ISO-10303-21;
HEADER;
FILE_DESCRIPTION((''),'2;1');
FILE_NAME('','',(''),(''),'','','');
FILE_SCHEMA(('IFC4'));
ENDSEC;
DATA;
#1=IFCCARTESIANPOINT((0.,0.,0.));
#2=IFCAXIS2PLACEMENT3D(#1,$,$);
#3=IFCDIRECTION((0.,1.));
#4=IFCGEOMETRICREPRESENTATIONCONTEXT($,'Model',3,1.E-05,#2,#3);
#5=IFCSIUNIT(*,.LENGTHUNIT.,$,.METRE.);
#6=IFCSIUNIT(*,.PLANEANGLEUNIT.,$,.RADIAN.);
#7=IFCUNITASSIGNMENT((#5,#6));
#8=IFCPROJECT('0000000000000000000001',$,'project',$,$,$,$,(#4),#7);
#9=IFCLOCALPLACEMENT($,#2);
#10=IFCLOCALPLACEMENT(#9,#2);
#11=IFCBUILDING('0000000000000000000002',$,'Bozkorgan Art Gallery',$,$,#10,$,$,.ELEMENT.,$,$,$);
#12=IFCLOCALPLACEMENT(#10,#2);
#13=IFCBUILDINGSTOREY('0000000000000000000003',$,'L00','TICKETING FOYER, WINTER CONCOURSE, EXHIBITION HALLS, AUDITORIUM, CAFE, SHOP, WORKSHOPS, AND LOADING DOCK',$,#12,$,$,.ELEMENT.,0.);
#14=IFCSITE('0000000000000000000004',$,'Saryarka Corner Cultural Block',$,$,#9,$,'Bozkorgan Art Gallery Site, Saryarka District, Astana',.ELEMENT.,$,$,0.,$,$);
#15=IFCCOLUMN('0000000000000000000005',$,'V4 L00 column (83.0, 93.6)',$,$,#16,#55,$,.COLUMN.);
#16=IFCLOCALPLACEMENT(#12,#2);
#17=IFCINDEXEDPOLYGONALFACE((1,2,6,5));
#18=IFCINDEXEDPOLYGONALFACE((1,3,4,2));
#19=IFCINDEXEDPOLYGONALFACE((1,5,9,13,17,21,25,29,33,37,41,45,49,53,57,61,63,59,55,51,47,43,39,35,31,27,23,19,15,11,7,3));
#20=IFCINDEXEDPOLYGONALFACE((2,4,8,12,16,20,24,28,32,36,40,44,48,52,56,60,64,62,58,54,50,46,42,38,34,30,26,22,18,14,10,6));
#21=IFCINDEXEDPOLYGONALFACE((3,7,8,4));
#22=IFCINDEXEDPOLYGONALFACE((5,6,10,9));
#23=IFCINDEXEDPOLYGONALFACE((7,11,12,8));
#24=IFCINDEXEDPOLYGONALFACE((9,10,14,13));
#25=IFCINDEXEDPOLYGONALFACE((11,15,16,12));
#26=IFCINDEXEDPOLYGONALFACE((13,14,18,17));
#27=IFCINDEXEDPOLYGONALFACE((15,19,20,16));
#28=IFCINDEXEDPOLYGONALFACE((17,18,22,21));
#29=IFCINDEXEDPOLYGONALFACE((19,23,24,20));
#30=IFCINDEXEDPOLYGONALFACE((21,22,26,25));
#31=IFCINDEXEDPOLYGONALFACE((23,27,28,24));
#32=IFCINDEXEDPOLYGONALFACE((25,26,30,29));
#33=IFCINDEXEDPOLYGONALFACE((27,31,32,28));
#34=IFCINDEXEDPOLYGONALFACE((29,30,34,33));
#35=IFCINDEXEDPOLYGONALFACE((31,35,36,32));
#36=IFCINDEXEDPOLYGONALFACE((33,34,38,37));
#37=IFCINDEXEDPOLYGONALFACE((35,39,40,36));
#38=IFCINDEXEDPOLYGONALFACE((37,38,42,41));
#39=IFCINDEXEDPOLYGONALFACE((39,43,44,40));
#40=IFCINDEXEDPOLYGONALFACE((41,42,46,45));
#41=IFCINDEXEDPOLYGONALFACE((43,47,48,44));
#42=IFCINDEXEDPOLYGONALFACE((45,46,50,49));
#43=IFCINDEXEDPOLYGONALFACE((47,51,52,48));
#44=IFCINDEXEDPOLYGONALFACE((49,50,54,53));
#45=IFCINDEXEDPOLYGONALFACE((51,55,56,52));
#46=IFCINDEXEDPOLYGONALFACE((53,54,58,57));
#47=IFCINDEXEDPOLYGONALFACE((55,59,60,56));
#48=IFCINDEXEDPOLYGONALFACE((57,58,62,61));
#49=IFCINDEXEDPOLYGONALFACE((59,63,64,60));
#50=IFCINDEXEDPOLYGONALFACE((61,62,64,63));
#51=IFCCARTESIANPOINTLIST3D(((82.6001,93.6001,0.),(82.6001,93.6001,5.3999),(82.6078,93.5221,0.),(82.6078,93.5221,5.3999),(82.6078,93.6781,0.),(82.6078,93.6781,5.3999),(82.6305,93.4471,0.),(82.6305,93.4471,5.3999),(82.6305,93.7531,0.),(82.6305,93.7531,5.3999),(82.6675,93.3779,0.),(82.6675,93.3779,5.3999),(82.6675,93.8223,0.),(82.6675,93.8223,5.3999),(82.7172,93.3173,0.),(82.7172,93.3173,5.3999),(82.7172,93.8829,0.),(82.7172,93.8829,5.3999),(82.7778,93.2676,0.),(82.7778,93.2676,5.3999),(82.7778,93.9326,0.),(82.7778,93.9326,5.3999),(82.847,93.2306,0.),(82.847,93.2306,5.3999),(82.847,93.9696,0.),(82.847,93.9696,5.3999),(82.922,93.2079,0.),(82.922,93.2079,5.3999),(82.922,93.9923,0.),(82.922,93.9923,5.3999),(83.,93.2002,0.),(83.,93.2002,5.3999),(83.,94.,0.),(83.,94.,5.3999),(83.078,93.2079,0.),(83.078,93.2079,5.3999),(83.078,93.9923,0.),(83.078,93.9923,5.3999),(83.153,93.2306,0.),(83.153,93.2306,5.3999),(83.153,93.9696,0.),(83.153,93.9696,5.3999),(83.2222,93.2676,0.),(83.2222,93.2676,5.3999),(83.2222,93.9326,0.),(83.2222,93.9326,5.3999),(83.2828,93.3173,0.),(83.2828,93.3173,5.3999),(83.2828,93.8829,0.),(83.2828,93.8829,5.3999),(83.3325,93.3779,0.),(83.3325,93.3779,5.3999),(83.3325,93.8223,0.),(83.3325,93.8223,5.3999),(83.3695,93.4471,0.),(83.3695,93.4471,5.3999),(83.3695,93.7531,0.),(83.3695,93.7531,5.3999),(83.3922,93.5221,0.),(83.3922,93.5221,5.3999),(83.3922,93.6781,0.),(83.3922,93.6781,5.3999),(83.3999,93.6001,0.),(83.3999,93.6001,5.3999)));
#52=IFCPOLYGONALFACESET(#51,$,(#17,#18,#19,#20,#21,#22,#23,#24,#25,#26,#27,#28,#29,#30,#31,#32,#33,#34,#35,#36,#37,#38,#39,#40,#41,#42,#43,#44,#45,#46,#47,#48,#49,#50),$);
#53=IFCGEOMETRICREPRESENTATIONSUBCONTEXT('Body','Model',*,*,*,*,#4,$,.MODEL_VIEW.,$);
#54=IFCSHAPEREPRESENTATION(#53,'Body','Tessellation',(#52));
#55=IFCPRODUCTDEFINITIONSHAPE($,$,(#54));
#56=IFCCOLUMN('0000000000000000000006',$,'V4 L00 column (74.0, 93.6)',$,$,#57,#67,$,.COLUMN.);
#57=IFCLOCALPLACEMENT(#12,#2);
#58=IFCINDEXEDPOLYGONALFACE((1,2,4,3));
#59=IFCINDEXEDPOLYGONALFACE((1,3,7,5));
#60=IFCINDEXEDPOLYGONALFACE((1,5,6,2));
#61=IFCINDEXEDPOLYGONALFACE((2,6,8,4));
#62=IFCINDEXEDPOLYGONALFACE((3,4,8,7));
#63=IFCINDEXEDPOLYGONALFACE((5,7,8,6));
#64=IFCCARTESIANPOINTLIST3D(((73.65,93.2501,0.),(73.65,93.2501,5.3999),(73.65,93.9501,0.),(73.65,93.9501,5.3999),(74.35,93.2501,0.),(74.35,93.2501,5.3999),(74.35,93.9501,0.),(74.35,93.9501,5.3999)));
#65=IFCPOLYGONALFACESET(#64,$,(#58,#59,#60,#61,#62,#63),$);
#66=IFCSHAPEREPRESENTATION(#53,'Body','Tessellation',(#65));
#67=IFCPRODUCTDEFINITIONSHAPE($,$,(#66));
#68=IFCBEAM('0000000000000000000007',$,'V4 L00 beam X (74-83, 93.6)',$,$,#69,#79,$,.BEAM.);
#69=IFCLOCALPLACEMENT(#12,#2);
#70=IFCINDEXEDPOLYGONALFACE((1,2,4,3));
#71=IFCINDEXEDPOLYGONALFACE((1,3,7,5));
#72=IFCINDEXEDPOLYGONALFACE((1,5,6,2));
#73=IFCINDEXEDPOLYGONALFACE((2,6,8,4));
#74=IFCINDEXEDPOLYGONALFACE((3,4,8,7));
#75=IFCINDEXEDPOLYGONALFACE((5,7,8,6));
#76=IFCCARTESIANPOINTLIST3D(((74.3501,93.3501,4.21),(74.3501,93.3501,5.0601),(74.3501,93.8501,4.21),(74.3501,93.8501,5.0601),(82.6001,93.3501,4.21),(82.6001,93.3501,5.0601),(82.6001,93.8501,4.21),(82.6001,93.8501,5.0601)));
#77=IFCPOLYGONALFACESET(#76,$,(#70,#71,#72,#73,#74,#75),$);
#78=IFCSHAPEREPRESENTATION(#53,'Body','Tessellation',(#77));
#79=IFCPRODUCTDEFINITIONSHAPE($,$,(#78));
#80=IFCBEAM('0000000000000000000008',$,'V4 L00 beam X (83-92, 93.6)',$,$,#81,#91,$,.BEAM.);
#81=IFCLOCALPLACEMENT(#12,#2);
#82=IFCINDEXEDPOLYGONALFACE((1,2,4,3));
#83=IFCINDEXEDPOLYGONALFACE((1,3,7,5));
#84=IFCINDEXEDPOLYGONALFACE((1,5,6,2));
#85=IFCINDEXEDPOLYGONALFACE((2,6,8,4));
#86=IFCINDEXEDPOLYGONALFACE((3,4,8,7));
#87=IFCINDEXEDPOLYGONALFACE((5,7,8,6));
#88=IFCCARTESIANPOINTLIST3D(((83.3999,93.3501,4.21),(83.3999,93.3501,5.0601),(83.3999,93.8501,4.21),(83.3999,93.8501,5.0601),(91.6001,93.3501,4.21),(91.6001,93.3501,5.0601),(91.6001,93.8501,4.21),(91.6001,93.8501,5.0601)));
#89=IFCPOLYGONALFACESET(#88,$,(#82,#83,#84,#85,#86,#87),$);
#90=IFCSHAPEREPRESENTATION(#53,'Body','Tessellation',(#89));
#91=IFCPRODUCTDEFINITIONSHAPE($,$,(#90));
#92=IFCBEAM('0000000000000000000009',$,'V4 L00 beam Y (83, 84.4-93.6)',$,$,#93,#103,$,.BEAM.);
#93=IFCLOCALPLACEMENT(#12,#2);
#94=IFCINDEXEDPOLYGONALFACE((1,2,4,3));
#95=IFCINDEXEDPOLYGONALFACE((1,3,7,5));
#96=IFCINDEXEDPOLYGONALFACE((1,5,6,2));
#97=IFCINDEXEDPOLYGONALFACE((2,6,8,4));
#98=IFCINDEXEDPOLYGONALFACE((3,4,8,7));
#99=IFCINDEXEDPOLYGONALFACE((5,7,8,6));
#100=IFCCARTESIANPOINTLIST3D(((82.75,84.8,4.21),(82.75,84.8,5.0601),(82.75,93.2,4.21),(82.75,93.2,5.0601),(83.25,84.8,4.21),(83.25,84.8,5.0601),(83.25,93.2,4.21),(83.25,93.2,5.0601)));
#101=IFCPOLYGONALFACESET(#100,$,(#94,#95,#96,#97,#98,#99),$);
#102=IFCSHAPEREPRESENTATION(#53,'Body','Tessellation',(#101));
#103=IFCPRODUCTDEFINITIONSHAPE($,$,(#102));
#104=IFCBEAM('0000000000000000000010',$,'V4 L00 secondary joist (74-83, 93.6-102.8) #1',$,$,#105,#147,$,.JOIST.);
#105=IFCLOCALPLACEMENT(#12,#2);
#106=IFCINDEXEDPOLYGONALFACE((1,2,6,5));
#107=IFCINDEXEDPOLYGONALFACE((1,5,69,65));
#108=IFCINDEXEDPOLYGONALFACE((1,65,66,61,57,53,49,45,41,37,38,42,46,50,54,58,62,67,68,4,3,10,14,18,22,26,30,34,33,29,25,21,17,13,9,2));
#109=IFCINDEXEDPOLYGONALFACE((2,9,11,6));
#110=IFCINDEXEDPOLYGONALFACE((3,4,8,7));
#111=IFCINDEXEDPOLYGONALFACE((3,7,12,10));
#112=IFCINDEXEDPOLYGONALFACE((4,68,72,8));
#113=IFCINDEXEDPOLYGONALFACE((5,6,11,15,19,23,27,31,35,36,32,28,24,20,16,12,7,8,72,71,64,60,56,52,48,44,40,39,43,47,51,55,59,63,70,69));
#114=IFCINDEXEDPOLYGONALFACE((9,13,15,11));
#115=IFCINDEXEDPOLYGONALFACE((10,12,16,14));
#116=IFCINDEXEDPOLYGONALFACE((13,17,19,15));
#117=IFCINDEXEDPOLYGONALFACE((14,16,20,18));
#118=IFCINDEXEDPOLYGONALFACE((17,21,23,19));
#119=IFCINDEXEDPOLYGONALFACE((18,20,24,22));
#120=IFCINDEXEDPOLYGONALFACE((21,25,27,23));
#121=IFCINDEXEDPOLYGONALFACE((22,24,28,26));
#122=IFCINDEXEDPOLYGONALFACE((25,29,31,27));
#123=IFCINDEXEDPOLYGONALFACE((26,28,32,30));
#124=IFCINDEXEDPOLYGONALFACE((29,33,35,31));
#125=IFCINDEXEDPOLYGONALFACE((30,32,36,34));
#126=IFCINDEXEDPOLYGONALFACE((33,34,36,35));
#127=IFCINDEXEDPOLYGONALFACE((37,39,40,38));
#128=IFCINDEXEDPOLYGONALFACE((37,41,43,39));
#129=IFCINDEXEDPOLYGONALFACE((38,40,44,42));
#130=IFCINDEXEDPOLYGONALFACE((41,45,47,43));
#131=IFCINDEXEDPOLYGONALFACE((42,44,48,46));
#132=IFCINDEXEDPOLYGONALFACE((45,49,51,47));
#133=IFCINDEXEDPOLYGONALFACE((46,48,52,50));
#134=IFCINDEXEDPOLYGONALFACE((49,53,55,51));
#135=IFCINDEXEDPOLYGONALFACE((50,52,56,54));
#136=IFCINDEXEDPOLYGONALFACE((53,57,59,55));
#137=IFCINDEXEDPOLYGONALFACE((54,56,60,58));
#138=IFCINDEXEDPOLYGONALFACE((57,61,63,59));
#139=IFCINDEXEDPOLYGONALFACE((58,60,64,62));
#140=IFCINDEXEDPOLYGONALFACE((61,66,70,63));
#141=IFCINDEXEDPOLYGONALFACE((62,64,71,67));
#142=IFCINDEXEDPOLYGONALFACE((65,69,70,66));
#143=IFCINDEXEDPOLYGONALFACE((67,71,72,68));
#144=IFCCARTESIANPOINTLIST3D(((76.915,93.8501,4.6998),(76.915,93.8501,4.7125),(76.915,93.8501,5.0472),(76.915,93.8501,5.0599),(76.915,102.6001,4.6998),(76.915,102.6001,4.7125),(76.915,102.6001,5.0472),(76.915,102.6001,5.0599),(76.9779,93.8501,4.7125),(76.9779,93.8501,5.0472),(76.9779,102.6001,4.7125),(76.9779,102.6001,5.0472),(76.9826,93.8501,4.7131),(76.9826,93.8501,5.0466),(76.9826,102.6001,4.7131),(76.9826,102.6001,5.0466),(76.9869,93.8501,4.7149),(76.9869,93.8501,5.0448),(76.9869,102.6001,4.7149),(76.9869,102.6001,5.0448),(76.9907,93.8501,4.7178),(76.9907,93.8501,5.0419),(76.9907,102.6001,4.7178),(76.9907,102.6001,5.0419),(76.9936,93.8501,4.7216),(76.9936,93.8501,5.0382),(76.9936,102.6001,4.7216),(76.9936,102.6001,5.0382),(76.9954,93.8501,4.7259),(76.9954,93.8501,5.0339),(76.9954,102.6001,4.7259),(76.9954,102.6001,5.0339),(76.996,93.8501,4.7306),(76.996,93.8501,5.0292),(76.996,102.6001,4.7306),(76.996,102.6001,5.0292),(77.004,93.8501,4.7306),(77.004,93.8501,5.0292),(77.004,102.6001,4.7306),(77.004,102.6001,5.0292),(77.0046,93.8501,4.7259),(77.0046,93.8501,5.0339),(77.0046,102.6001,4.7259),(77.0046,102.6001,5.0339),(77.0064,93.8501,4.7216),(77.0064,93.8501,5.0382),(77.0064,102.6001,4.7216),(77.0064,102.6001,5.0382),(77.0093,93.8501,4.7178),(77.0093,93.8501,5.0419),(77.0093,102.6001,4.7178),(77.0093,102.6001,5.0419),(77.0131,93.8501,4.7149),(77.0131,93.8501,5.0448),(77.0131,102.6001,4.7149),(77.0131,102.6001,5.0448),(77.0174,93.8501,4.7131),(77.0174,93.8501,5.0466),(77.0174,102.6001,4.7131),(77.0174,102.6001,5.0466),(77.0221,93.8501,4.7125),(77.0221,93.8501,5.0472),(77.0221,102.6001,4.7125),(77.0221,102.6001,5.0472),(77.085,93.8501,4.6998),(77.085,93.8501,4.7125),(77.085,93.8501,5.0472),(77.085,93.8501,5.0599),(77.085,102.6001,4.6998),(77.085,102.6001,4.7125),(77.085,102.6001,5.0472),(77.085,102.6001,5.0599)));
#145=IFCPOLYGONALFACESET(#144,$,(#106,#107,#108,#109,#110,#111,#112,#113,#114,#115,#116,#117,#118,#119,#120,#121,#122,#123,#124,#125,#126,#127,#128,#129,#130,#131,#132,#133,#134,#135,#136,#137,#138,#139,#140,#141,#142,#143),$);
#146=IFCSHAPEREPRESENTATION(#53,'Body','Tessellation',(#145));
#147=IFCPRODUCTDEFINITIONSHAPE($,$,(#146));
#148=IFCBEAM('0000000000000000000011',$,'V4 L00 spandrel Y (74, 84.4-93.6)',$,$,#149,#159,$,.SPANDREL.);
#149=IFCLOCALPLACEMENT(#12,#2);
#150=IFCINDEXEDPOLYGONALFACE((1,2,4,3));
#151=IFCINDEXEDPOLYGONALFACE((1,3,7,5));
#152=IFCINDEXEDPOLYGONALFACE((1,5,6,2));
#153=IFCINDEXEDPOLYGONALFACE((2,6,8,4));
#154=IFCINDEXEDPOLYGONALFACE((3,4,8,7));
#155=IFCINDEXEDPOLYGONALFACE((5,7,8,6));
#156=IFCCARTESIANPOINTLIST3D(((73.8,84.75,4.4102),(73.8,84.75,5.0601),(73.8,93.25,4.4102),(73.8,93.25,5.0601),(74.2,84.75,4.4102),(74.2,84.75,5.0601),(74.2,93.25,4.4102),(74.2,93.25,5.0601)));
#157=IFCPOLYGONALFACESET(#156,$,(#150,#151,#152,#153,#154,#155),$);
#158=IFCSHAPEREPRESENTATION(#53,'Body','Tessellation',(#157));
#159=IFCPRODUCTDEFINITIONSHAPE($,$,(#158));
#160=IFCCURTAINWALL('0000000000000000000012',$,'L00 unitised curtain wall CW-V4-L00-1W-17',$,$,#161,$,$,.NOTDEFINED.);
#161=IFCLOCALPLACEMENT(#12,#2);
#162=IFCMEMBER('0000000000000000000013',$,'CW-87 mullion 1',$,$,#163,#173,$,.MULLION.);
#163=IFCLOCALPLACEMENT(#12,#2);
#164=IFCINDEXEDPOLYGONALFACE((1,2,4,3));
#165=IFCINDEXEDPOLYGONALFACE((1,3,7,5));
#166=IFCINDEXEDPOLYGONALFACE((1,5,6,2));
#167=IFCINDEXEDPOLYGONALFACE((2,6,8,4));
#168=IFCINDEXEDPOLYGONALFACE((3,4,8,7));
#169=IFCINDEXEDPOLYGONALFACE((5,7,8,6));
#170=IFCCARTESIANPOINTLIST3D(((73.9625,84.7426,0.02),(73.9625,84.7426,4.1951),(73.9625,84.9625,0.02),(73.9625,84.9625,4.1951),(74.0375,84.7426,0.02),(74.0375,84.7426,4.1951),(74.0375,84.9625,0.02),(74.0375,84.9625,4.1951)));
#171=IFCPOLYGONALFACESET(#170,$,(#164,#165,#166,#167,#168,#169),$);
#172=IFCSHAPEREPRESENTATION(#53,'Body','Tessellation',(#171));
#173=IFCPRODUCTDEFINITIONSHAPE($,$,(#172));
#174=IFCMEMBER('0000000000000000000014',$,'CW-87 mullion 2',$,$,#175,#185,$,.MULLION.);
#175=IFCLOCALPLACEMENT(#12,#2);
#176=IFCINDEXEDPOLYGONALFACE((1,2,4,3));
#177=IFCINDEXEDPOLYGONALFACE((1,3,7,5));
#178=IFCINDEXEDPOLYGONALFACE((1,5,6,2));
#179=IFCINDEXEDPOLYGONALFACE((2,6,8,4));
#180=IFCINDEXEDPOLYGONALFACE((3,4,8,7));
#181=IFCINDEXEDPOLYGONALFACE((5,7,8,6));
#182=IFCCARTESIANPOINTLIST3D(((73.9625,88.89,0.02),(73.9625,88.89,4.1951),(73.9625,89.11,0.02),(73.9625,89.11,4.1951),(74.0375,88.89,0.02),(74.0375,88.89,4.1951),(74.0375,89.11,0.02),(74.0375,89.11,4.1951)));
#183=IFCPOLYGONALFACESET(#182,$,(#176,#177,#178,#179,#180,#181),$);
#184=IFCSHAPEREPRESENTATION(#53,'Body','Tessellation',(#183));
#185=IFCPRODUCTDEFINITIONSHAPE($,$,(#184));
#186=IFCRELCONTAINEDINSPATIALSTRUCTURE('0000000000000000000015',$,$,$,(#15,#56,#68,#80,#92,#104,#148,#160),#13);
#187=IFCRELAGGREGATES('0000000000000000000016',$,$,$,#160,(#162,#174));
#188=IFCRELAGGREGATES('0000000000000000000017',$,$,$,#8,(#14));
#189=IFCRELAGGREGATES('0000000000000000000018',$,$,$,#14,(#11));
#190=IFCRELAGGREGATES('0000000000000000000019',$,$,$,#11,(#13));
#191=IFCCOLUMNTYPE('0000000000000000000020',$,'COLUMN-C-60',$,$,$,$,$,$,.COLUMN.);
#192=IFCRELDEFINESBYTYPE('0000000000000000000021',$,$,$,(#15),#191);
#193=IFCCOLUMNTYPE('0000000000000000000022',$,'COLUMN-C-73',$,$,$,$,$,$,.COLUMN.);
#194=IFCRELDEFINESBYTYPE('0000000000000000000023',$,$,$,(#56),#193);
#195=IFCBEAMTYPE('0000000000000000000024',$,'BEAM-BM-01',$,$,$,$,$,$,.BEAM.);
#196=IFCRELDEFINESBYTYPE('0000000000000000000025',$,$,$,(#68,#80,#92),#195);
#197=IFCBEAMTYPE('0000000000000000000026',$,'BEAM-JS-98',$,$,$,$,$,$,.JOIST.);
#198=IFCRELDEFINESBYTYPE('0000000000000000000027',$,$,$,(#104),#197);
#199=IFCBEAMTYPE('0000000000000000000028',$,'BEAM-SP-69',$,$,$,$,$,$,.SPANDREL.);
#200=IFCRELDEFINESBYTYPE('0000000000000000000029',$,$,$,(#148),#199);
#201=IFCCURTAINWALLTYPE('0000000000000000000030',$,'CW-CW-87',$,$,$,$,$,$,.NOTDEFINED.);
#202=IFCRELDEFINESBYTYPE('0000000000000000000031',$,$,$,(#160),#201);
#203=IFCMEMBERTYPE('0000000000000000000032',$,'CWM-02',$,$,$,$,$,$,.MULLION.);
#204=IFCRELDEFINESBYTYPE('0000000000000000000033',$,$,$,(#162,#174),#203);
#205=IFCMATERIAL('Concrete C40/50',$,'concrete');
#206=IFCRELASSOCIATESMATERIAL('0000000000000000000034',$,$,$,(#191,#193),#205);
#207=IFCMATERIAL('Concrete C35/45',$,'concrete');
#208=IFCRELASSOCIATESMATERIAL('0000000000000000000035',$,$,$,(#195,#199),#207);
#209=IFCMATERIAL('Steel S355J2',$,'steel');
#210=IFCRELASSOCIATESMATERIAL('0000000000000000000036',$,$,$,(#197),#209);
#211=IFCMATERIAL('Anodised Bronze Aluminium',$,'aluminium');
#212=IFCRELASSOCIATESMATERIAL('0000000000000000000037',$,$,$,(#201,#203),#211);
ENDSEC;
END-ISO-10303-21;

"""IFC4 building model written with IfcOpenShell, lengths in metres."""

from ifc_helpers import new_model, si_unit, direction, frame, origin, origin_2d, place, context, subcontext, project, spatial, rectangle, circle, i_section, extrude, material, material_profile, profile_set, type_object, element, aggregate, save


model = new_model("IFC4")

# Units and contexts
model_context = context("Model", 3, precision=1e-05, world=origin(), true_north=direction((0.0, 1.0)))
body_context = subcontext(model_context, "Body", "Model", "MODEL_VIEW")
ifc_project = project(units=[si_unit("LENGTHUNIT", "METRE"), si_unit("PLANEANGLEUNIT", "RADIAN")], contexts=[model_context])

# Site, building, storey
site_placement = place(None, origin())
site = spatial("IfcSite", under=ifc_project, at=site_placement, Name="Saryarka Corner Cultural Block", LongName="Bozkorgan Art Gallery Site, Saryarka District, Astana", CompositionType="ELEMENT", RefElevation=0.0)
building_placement = place(site_placement, origin())
building = spatial("IfcBuilding", under=site, at=building_placement, Name="Bozkorgan Art Gallery", CompositionType="ELEMENT")
storey_placement = place(building_placement, origin())
storey = spatial("IfcBuildingStorey", under=building, at=storey_placement, Name="L00", Description="TICKETING FOYER, WINTER CONCOURSE, EXHIBITION HALLS, AUDITORIUM, CAFE, SHOP, WORKSHOPS, AND LOADING DOCK", CompositionType="ELEMENT", Elevation=0.0)

# Columns
ifc_material_1 = material(Name="Concrete C40/50", Category="concrete")
ifc_material_profile_1 = material_profile(ifc_material_1, circle(Radius=0.3999, at=origin_2d()), Name="RC D800")
ifc_profile_set_1 = profile_set([ifc_material_profile_1], Name="Concrete C40/50")
column_type_1 = type_object("IfcColumnType", Name="COLUMN-C-60", PredefinedType="COLUMN", material=ifc_profile_set_1)
column_1_placement = place(storey_placement, frame((83.0, 93.6001, 0.0), z_axis=(0.0, 0.0, 1.0), x_axis=(1.0, 0.0, 0.0)))
element("IfcColumn", 1, at=column_1_placement, inside=storey, type_object=column_type_1, Name="V4 L00 column (83.0, 93.6)", PredefinedType="COLUMN", context=body_context, shape_type="SweptSolid", body=[
    extrude(circle(Radius=0.3999, at=origin_2d()), origin(), (0.0, 0.0, 1.0), 5.3999),
])
ifc_material_profile_2 = material_profile(ifc_material_1, rectangle(XDim=0.7, YDim=0.7, at=origin_2d()), Name="RC 700x700")
ifc_profile_set_2 = profile_set([ifc_material_profile_2], Name="Concrete C40/50")
column_type_2 = type_object("IfcColumnType", Name="COLUMN-C-73", PredefinedType="COLUMN", material=ifc_profile_set_2)
column_2_placement = place(storey_placement, frame((74.0, 93.6001, 0.0), z_axis=(0.0, 0.0, 1.0), x_axis=(1.0, 0.0, 0.0)))
element("IfcColumn", 2, at=column_2_placement, inside=storey, type_object=column_type_2, Name="V4 L00 column (74.0, 93.6)", PredefinedType="COLUMN", context=body_context, shape_type="SweptSolid", body=[
    extrude(rectangle(XDim=0.7, YDim=0.7, at=origin_2d()), origin(), (0.0, 0.0, 1.0), 5.3999),
])

# Beams
ifc_material_2 = material(Name="Concrete C35/45", Category="concrete")
ifc_material_profile_3 = material_profile(ifc_material_2, rectangle(XDim=0.5, YDim=0.8501, at=origin_2d()), Name="RC 500x850")
ifc_profile_set_3 = profile_set([ifc_material_profile_3], Name="Concrete C35/45")
beam_type_1 = type_object("IfcBeamType", Name="BEAM-BM-01", PredefinedType="BEAM", material=ifc_profile_set_3)
beam_1_placement = place(storey_placement, frame((74.3501, 93.6001, 4.635), z_axis=(1.0, 0.0, 0.0), x_axis=(0.0, 1.0, 0.0)))
element("IfcBeam", 3, at=beam_1_placement, inside=storey, type_object=beam_type_1, Name="V4 L00 beam X (74-83, 93.6)", PredefinedType="BEAM", context=body_context, shape_type="SweptSolid", body=[
    extrude(rectangle(XDim=0.5, YDim=0.8501, at=origin_2d()), origin(), (0.0, 0.0, 1.0), 8.25),
])
beam_2_placement = place(storey_placement, frame((83.3999, 93.6001, 4.635), z_axis=(1.0, 0.0, 0.0), x_axis=(0.0, 1.0, 0.0)))
element("IfcBeam", 4, at=beam_2_placement, inside=storey, type_object=beam_type_1, Name="V4 L00 beam X (83-92, 93.6)", PredefinedType="BEAM", context=body_context, shape_type="SweptSolid", body=[
    extrude(rectangle(XDim=0.5, YDim=0.8501, at=origin_2d()), origin(), (0.0, 0.0, 1.0), 8.2002),
])
beam_3_placement = place(storey_placement, frame((83.0, 84.8, 4.635), z_axis=(0.0, 1.0, 0.0), x_axis=(-1.0, 0.0, 0.0)))
element("IfcBeam", 5, at=beam_3_placement, inside=storey, type_object=beam_type_1, Name="V4 L00 beam Y (83, 84.4-93.6)", PredefinedType="BEAM", context=body_context, shape_type="SweptSolid", body=[
    extrude(rectangle(XDim=0.5, YDim=0.8501, at=origin_2d()), origin(), (0.0, 0.0, 1.0), 8.3999),
])
ifc_material_3 = material(Name="Steel S355J2", Category="steel")
ifc_material_profile_4 = material_profile(ifc_material_3, i_section(OverallWidth=0.1699, OverallDepth=0.3601, WebThickness=0.0081, FlangeThickness=0.0127, FilletRadius=0.0181, at=origin_2d()), Name="IPE 360")
ifc_profile_set_4 = profile_set([ifc_material_profile_4], Name="Steel S355J2")
beam_type_2 = type_object("IfcBeamType", Name="BEAM-JS-98", PredefinedType="JOIST", material=ifc_profile_set_4)
beam_4_placement = place(storey_placement, frame((77.0, 93.8501, 4.8799), z_axis=(0.0, 1.0, 0.0), x_axis=(-1.0, 0.0, 0.0)))
element("IfcBeam", 6, at=beam_4_placement, inside=storey, type_object=beam_type_2, Name="V4 L00 secondary joist (74-83, 93.6-102.8) #1", PredefinedType="JOIST", context=body_context, shape_type="SweptSolid", body=[
    extrude(i_section(OverallWidth=0.1699, OverallDepth=0.3601, WebThickness=0.0081, FlangeThickness=0.0127, FilletRadius=0.0181, at=origin_2d()), origin(), (0.0, 0.0, 1.0), 8.75),
])
ifc_material_profile_5 = material_profile(ifc_material_2, rectangle(XDim=0.3999, YDim=0.6499, at=origin_2d()), Name="RC 400x650")
ifc_profile_set_5 = profile_set([ifc_material_profile_5], Name="Concrete C35/45")
beam_type_3 = type_object("IfcBeamType", Name="BEAM-SP-69", PredefinedType="SPANDREL", material=ifc_profile_set_5)
beam_5_placement = place(storey_placement, frame((74.0, 84.75, 4.7351), z_axis=(0.0, 1.0, 0.0), x_axis=(-1.0, 0.0, 0.0)))
element("IfcBeam", 7, at=beam_5_placement, inside=storey, type_object=beam_type_3, Name="V4 L00 spandrel Y (74, 84.4-93.6)", PredefinedType="SPANDREL", context=body_context, shape_type="SweptSolid", body=[
    extrude(rectangle(XDim=0.3999, YDim=0.6499, at=origin_2d()), origin(), (0.0, 0.0, 1.0), 8.5),
])

# Curtain wall, members
ifc_material_4 = material(Name="Anodised Bronze Aluminium", Category="aluminium")
curtain_wall_type = type_object("IfcCurtainWallType", Name="CW-CW-87", PredefinedType="NOTDEFINED", material=ifc_material_4)
curtain_wall_placement = place(storey_placement, origin())
curtain_wall = element("IfcCurtainWall", 8, at=curtain_wall_placement, inside=storey, type_object=curtain_wall_type, Name="L00 unitised curtain wall CW-V4-L00-1W-17", PredefinedType="NOTDEFINED")
ifc_material_profile_6 = material_profile(ifc_material_4, rectangle(XDim=0.075, YDim=0.22, at=origin_2d()), Name="ALU MULLION 75x220")
ifc_profile_set_6 = profile_set([ifc_material_profile_6], Name="Anodised Bronze Aluminium")
member_type_1 = type_object("IfcMemberType", Name="CWM-02", PredefinedType="MULLION", material=ifc_profile_set_6)
member_1_placement = place(storey_placement, frame((74.0, 84.8525, 0.02), z_axis=(0.0, 0.0, 1.0), x_axis=(-1.0, 0.0, 0.0)))
member_1 = element("IfcMember", 9, at=member_1_placement, type_object=member_type_1, Name="CW-87 mullion 1", PredefinedType="MULLION", context=body_context, shape_type="SweptSolid", body=[
    extrude(rectangle(XDim=0.075, YDim=0.22, at=origin_2d()), origin(), (0.0, 0.0, 1.0), 4.175),
])
member_2_placement = place(storey_placement, frame((74.0, 89.0, 0.02), z_axis=(0.0, 0.0, 1.0), x_axis=(-1.0, 0.0, 0.0)))
member_2 = element("IfcMember", 10, at=member_2_placement, type_object=member_type_1, Name="CW-87 mullion 2", PredefinedType="MULLION", context=body_context, shape_type="SweptSolid", body=[
    extrude(rectangle(XDim=0.075, YDim=0.22, at=origin_2d()), origin(), (0.0, 0.0, 1.0), 4.175),
])
aggregate(curtain_wall, [member_1, member_2])

save(model, "model.ifc")
